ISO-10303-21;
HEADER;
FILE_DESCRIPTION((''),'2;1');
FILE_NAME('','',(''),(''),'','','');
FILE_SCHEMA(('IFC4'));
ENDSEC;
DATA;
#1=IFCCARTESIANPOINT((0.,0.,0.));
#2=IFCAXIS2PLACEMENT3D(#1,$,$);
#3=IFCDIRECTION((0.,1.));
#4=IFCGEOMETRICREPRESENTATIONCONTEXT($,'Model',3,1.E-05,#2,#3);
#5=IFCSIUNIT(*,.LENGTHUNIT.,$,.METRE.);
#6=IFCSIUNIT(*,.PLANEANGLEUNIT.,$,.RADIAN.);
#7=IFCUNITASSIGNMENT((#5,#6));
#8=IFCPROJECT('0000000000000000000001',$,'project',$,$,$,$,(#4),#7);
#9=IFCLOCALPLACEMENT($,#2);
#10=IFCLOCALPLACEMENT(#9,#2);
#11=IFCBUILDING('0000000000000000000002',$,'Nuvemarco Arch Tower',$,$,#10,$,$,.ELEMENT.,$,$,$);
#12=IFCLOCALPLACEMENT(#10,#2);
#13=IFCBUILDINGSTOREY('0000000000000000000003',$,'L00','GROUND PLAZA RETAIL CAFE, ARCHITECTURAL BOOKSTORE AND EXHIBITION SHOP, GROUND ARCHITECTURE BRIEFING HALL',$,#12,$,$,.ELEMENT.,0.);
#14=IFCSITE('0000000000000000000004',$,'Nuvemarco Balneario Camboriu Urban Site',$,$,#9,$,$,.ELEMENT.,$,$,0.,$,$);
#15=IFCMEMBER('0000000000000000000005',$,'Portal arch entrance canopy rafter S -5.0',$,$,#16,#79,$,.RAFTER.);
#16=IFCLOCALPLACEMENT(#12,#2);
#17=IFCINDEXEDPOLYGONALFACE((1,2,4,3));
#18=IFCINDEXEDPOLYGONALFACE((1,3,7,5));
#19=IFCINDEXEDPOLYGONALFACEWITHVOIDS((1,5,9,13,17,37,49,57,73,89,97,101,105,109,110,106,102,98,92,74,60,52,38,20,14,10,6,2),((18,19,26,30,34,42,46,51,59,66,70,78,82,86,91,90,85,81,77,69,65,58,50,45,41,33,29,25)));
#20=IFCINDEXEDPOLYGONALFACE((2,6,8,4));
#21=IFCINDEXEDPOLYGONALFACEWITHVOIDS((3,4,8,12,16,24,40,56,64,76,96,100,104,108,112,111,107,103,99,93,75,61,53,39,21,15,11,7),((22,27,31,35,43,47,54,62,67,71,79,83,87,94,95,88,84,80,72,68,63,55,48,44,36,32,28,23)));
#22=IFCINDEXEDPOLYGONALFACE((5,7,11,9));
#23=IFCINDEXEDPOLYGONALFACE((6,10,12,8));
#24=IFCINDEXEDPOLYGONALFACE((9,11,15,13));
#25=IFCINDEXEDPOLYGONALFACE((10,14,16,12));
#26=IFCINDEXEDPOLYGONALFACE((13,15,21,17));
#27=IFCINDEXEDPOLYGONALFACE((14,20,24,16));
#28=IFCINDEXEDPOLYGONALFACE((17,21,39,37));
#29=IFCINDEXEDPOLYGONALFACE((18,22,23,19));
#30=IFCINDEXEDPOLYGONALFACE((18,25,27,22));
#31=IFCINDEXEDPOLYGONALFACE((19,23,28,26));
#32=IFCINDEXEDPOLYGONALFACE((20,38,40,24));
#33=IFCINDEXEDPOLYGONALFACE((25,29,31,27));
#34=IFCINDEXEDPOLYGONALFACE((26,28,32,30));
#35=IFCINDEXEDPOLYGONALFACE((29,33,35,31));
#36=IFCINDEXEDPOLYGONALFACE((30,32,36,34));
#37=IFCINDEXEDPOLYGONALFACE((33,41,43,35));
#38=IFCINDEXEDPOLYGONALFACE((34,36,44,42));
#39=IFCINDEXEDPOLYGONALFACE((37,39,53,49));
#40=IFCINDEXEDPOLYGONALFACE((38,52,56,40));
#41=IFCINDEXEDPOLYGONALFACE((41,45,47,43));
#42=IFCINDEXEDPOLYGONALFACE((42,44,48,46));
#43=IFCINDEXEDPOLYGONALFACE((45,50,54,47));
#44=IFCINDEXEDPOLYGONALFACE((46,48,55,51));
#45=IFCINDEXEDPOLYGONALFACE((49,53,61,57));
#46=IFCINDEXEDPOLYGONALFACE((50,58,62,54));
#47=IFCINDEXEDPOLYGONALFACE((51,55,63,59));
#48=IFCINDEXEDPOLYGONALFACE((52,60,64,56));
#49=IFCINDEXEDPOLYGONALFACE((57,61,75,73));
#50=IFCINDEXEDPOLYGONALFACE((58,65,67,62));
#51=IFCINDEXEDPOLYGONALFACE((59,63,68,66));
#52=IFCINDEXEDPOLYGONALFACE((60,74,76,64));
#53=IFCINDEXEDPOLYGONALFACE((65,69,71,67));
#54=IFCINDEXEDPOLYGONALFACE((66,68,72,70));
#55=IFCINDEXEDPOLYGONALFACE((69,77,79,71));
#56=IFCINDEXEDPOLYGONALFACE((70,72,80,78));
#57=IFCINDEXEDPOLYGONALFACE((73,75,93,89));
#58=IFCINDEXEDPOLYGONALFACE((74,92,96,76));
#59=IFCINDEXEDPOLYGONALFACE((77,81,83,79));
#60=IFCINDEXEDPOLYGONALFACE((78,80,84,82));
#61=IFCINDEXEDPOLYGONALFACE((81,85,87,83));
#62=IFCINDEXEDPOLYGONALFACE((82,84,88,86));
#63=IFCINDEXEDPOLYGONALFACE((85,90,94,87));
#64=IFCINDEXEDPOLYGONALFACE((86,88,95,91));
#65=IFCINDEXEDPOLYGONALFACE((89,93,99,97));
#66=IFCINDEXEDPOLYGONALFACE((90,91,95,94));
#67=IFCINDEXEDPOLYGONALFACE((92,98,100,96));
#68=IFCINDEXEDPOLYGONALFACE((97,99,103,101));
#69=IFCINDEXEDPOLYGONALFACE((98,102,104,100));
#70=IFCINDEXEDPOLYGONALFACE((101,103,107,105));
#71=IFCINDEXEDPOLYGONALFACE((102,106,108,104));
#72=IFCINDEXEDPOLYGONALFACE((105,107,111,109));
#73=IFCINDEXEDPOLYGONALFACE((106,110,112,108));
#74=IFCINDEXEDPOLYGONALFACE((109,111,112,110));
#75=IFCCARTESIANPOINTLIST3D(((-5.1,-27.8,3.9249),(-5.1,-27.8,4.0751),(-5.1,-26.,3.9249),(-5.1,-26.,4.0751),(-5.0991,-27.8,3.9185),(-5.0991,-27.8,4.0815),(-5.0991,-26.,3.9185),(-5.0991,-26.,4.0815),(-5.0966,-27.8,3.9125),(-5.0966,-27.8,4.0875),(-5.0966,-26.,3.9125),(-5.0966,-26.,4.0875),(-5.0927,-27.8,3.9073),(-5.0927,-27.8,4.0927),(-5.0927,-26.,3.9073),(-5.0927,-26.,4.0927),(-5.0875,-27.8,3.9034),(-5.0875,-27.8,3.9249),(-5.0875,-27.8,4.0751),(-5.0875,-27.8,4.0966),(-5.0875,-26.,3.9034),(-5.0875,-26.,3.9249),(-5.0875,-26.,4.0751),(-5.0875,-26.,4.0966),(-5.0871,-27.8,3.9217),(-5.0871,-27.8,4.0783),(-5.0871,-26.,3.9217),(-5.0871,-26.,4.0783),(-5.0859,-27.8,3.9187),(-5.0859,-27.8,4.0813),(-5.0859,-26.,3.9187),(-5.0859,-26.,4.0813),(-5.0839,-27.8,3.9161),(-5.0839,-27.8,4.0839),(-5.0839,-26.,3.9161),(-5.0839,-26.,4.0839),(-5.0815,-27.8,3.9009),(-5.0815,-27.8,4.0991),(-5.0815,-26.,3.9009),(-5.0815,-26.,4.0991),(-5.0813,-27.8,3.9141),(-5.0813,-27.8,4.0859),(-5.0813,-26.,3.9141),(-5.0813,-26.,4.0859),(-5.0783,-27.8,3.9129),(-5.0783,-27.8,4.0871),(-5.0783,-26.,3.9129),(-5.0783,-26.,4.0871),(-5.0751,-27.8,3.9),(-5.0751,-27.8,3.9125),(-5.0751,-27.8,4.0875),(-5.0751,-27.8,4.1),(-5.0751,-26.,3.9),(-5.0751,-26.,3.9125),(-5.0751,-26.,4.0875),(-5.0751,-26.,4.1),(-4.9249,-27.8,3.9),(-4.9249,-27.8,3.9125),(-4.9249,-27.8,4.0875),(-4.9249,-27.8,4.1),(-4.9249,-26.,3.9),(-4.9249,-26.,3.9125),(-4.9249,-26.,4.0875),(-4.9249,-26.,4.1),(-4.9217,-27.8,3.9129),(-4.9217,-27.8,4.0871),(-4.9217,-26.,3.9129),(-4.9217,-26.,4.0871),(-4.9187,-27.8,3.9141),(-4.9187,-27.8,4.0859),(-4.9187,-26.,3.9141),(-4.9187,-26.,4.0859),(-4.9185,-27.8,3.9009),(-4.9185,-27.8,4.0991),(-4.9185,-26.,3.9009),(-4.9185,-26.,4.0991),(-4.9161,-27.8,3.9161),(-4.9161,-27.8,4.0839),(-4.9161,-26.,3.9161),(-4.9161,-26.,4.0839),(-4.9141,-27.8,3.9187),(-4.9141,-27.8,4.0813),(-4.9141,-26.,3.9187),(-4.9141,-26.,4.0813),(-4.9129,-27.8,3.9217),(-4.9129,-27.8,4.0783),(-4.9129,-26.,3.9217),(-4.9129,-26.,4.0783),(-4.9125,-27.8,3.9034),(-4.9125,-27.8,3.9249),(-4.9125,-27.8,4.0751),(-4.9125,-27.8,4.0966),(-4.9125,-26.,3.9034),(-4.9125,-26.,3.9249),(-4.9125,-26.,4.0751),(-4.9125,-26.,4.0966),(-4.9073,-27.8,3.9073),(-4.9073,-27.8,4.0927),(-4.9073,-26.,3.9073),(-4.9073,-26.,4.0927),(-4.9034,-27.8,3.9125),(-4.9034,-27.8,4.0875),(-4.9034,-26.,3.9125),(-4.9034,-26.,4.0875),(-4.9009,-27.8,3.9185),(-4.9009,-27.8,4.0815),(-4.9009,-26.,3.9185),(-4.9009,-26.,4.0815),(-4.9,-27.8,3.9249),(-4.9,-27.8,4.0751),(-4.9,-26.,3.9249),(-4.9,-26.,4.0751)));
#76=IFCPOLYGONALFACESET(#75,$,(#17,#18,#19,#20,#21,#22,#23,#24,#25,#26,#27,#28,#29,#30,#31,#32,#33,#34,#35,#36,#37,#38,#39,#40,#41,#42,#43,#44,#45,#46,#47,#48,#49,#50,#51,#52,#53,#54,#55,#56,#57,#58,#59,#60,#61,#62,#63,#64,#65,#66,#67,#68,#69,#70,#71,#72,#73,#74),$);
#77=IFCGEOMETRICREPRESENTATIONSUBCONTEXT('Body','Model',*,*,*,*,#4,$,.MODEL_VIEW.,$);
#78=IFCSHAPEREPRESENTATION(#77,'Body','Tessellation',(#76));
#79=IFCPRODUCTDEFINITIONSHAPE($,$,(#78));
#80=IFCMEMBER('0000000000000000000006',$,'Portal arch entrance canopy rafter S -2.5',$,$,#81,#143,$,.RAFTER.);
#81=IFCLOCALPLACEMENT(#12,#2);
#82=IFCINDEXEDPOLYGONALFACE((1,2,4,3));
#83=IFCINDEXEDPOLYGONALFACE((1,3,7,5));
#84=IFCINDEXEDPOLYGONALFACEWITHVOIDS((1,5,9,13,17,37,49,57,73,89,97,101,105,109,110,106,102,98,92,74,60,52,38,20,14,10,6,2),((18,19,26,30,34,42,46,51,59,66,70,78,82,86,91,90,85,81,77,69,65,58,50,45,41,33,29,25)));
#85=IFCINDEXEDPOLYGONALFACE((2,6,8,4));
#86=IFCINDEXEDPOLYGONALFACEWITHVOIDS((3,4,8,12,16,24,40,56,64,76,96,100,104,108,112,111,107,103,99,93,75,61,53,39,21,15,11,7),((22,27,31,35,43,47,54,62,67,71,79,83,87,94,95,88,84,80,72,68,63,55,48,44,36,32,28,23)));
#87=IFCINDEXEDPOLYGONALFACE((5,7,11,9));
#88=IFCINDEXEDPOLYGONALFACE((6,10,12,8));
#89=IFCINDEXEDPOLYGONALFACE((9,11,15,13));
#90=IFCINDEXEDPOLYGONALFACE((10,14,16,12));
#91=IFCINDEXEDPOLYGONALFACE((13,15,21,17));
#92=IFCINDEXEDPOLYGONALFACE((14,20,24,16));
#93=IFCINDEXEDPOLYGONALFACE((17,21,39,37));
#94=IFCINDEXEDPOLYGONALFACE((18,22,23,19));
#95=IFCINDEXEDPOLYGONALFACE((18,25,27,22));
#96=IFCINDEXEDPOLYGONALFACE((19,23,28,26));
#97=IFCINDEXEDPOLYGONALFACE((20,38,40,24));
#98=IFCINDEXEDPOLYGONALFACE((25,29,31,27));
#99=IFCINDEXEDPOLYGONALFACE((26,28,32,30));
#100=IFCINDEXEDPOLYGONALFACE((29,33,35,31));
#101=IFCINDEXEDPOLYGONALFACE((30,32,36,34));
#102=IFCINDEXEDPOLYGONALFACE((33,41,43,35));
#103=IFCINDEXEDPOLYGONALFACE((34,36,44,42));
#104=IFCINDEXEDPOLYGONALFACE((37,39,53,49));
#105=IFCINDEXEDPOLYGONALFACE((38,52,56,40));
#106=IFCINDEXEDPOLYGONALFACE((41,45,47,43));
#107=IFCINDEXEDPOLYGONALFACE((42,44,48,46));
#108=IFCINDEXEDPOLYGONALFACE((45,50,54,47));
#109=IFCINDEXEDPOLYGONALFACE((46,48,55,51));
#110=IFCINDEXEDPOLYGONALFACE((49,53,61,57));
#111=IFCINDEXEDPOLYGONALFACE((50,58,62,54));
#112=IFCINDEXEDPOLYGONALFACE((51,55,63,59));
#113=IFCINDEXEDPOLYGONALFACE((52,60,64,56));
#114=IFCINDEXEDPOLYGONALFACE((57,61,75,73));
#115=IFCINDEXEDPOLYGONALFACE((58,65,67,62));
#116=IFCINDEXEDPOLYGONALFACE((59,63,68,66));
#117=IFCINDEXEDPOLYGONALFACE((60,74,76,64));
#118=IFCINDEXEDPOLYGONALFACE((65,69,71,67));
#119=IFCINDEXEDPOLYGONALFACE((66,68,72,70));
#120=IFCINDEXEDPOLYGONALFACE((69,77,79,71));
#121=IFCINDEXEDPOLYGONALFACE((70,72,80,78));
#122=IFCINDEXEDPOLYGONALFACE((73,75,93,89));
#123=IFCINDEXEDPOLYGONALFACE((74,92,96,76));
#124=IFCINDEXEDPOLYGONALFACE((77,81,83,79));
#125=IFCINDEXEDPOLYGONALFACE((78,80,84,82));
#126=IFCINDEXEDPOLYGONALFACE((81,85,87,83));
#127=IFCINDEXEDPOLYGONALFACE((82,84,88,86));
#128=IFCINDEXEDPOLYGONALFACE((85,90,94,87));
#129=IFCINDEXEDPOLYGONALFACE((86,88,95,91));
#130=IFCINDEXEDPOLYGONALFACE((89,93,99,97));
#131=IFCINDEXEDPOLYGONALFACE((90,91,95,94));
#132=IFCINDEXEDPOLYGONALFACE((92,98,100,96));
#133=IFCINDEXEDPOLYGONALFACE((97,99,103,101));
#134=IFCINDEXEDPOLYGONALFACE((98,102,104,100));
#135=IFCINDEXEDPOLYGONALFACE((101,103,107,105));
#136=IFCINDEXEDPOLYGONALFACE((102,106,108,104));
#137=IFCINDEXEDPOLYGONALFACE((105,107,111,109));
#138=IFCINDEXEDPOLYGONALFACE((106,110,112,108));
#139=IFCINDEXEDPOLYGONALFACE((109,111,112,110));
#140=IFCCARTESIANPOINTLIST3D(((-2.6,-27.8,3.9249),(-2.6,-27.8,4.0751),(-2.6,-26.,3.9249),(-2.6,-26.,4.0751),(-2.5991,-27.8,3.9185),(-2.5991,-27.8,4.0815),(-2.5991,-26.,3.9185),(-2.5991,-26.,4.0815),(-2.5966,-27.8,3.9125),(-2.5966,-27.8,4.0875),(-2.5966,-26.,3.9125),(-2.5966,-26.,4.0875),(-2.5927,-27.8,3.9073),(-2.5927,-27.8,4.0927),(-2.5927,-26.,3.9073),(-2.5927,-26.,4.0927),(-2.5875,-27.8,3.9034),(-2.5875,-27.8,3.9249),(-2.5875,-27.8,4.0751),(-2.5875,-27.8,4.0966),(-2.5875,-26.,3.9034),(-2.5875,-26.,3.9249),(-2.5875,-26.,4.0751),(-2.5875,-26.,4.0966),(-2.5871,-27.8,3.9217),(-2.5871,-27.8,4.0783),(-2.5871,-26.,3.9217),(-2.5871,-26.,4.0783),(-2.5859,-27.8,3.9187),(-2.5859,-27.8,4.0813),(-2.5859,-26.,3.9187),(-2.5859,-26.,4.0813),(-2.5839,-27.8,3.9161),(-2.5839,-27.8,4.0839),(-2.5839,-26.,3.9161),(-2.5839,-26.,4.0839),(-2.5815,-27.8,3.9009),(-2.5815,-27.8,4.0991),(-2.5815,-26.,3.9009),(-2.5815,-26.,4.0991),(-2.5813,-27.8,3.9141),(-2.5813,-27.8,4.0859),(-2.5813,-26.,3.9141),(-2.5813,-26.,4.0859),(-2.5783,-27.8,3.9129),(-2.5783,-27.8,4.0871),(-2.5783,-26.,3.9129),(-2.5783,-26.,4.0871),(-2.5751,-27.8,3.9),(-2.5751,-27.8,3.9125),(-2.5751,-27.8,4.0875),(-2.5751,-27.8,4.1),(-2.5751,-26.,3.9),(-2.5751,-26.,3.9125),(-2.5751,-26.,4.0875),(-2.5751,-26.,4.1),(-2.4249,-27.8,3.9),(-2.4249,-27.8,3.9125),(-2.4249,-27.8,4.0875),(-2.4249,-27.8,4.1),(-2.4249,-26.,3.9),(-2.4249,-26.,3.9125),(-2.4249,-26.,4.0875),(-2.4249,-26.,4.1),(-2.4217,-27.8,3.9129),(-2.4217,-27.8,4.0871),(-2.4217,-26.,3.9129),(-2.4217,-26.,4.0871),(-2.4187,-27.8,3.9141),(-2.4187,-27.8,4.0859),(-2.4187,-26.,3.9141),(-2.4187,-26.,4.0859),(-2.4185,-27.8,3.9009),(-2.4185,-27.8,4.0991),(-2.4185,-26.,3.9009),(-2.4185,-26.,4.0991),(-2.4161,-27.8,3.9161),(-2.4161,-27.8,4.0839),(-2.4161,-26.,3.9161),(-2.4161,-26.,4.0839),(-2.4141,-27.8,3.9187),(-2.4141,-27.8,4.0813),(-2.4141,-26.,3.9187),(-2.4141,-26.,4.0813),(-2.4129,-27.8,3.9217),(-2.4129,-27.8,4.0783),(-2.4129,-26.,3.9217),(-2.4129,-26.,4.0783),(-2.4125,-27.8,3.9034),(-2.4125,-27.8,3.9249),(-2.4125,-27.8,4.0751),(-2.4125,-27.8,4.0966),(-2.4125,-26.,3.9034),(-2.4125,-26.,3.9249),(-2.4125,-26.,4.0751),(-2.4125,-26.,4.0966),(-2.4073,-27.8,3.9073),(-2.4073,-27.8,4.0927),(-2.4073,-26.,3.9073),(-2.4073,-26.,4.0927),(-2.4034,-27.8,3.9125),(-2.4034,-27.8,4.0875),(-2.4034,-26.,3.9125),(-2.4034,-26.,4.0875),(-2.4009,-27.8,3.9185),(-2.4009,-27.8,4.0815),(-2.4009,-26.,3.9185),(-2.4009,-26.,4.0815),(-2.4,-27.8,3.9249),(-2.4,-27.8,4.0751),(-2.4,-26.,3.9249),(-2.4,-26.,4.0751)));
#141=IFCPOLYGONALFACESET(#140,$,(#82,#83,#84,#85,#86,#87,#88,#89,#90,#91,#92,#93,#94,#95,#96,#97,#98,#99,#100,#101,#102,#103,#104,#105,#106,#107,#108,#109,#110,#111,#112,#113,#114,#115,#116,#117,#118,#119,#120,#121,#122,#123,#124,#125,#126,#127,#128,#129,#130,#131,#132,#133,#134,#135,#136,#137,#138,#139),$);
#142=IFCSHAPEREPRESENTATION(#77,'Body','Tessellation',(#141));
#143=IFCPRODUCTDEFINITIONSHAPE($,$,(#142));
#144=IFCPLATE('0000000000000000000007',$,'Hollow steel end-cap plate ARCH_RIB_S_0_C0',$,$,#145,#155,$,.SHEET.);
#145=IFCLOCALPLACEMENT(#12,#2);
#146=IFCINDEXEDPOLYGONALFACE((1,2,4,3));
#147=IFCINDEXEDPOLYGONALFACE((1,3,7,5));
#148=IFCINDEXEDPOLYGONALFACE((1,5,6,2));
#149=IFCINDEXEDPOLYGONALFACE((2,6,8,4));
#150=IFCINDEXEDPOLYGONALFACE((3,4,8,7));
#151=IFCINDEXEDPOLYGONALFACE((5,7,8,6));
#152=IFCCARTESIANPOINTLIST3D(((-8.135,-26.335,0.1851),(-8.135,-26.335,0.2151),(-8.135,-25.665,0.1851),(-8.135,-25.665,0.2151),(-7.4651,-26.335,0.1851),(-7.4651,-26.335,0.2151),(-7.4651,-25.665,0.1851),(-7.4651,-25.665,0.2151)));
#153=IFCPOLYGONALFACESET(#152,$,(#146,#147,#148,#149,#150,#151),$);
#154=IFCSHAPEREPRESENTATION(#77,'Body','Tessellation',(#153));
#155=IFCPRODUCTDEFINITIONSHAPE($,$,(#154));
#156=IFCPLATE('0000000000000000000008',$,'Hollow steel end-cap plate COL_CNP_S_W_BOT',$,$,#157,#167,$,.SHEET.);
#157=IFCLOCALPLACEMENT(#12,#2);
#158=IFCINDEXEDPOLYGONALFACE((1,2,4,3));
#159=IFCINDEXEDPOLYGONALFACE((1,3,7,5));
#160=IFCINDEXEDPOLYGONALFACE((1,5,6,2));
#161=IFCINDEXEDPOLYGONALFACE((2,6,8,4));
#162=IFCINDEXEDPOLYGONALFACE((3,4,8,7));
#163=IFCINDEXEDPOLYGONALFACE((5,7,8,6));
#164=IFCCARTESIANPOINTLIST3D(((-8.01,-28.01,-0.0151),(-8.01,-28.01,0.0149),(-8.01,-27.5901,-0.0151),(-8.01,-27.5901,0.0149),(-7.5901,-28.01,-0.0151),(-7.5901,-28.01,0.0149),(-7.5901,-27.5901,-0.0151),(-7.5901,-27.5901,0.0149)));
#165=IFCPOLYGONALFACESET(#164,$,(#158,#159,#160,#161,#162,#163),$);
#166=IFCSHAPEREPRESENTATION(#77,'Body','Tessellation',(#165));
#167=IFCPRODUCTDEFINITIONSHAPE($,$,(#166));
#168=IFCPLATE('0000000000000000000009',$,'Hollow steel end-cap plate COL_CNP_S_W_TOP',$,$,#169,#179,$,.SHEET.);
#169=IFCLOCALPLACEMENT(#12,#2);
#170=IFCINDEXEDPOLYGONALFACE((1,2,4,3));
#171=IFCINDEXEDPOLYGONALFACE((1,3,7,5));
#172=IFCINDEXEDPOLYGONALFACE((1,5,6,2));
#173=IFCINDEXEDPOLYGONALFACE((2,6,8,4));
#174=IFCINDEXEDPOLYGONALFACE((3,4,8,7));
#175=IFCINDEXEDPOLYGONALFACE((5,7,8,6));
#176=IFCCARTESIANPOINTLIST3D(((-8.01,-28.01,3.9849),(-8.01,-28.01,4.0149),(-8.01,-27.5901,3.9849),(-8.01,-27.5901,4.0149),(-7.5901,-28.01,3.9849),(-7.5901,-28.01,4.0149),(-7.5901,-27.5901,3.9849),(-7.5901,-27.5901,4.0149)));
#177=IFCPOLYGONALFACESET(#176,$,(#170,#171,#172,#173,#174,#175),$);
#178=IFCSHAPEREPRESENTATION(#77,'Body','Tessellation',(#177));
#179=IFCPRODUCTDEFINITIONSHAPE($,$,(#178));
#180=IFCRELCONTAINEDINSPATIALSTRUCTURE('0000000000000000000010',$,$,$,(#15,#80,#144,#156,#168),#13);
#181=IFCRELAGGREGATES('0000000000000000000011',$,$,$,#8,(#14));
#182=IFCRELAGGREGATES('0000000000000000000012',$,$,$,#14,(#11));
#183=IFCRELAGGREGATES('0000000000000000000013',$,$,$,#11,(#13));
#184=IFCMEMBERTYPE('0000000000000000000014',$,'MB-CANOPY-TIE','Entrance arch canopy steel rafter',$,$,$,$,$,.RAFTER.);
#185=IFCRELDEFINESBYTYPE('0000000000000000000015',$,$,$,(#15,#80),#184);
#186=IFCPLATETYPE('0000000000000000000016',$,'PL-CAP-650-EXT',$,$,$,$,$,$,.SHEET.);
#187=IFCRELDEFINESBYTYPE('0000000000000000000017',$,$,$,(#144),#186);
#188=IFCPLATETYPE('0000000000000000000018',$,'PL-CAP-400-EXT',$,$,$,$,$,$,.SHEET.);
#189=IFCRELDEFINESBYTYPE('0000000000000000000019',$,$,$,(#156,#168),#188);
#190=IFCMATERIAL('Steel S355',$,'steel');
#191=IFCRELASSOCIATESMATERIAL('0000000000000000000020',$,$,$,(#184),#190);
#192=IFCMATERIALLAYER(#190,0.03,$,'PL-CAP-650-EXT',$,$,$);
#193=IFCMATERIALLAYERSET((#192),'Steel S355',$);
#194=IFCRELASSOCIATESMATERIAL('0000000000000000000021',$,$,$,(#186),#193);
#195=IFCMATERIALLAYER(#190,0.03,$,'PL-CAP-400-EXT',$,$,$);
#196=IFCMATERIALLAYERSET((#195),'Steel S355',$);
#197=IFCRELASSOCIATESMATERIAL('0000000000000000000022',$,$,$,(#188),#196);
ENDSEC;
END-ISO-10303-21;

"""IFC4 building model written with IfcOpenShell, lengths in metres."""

from ifc_helpers import new_model, si_unit, direction, frame, origin, origin_2d, place, context, subcontext, project, spatial, rectangle, hollow_rectangle, extrude, source, transform, mapped, material, layer, layer_set, material_profile, profile_set, type_object, type_shapes, element, save


model = new_model("IFC4")

# Units and contexts
model_context = context("Model", 3, precision=1e-05, world=origin(), true_north=direction((0.0, 1.0)))
body_context = subcontext(model_context, "Body", "Model", "MODEL_VIEW")
ifc_project = project(units=[si_unit("LENGTHUNIT", "METRE"), si_unit("PLANEANGLEUNIT", "RADIAN")], contexts=[model_context])

# Site, building, storey
site_placement = place(None, origin())
site = spatial("IfcSite", under=ifc_project, at=site_placement, Name="Nuvemarco Balneario Camboriu Urban Site", CompositionType="ELEMENT", RefElevation=0.0)
building_placement = place(site_placement, origin())
building = spatial("IfcBuilding", under=site, at=building_placement, Name="Nuvemarco Arch Tower", CompositionType="ELEMENT")
storey_placement = place(building_placement, origin())
storey = spatial("IfcBuildingStorey", under=building, at=storey_placement, Name="L00", Description="GROUND PLAZA RETAIL CAFE, ARCHITECTURAL BOOKSTORE AND EXHIBITION SHOP, GROUND ARCHITECTURE BRIEFING HALL", CompositionType="ELEMENT", Elevation=0.0)

# Shared definitions
ifc_material_1 = material(Name="Steel S355", Category="steel")

# Members
ifc_material_profile_1 = material_profile(ifc_material_1, hollow_rectangle(XDim=0.2, YDim=0.2, WallThickness=0.0125, InnerFilletRadius=0.0125, OuterFilletRadius=0.0249, at=origin_2d()), Name="SHS200x200x12.5")
ifc_profile_set_1 = profile_set([ifc_material_profile_1], Name="Steel S355")
member_type = type_object("IfcMemberType", Name="MB-CANOPY-TIE", Description="Entrance arch canopy steel rafter", PredefinedType="RAFTER", material=ifc_profile_set_1)
for number, where, z_axis, x_axis, name in (
    (1, (-5.0, -26.0, 4.0), (0.0, -1.0, 0.0), (1.0, 0.0, 0.0), "Portal arch entrance canopy rafter S -5.0"),
    (2, (-2.5, -26.0, 4.0), (0.0, -1.0, 0.0), (1.0, 0.0, 0.0), "Portal arch entrance canopy rafter S -2.5"),
):
    element("IfcMember", number, at=place(storey_placement, frame(where, z_axis=z_axis, x_axis=x_axis)), inside=storey, type_object=member_type, Name=name, PredefinedType="RAFTER", context=body_context, shape_type="SweptSolid", body=[
        extrude(hollow_rectangle(XDim=0.2, YDim=0.2, WallThickness=0.0125, InnerFilletRadius=0.0125, OuterFilletRadius=0.0249, at=origin_2d()), origin(), (0.0, 0.0, 1.0), 1.8),
    ])

# Plates
ifc_layer_1 = layer(ifc_material_1, 0.03, Name="PL-CAP-650-EXT")
ifc_layer_set_1 = layer_set([ifc_layer_1], Name="Steel S355")
plate_type_1 = type_object("IfcPlateType", Name="PL-CAP-650-EXT", PredefinedType="SHEET", material=ifc_layer_set_1)
shared_shape_1 = source(origin(), body_context, "Body", "SweptSolid", [
    extrude(rectangle(XDim=0.6699, YDim=0.6699, at=origin_2d()), origin(), (0.0, 0.0, 1.0), 0.03),
])
type_shapes(plate_type_1, [shared_shape_1])
plate_placement = place(storey_placement, frame((-7.8, -26.0, 0.1851), z_axis=(0.0, 0.0, 1.0), x_axis=(1.0, 0.0, 0.0)))
element("IfcPlate", 3, at=plate_placement, inside=storey, type_object=plate_type_1, Name="Hollow steel end-cap plate ARCH_RIB_S_0_C0", PredefinedType="SHEET", context=body_context, shape_type="MappedRepresentation", body=[
    mapped(shared_shape_1, transform((0.0, 0.0, 0.0), scale=1.0)),
])
ifc_layer_2 = layer(ifc_material_1, 0.03, Name="PL-CAP-400-EXT")
ifc_layer_set_2 = layer_set([ifc_layer_2], Name="Steel S355")
plate_type_2 = type_object("IfcPlateType", Name="PL-CAP-400-EXT", PredefinedType="SHEET", material=ifc_layer_set_2)
shared_shape_2 = source(origin(), body_context, "Body", "SweptSolid", [
    extrude(rectangle(XDim=0.4199, YDim=0.4199, at=origin_2d()), origin(), (0.0, 0.0, 1.0), 0.03),
])
type_shapes(plate_type_2, [shared_shape_2])
for number, where, z_axis, x_axis, name in (
    (4, (-7.8, -27.8, -0.0151), (0.0, 0.0, 1.0), (1.0, 0.0, 0.0), "Hollow steel end-cap plate COL_CNP_S_W_BOT"),
    (5, (-7.8, -27.8, 3.9849), (0.0, 0.0, 1.0), (1.0, 0.0, 0.0), "Hollow steel end-cap plate COL_CNP_S_W_TOP"),
):
    element("IfcPlate", number, at=place(storey_placement, frame(where, z_axis=z_axis, x_axis=x_axis)), inside=storey, type_object=plate_type_2, Name=name, PredefinedType="SHEET", context=body_context, shape_type="MappedRepresentation", body=[
        mapped(shared_shape_2, transform((0.0, 0.0, 0.0), scale=1.0)),
    ])

save(model, "model.ifc")
